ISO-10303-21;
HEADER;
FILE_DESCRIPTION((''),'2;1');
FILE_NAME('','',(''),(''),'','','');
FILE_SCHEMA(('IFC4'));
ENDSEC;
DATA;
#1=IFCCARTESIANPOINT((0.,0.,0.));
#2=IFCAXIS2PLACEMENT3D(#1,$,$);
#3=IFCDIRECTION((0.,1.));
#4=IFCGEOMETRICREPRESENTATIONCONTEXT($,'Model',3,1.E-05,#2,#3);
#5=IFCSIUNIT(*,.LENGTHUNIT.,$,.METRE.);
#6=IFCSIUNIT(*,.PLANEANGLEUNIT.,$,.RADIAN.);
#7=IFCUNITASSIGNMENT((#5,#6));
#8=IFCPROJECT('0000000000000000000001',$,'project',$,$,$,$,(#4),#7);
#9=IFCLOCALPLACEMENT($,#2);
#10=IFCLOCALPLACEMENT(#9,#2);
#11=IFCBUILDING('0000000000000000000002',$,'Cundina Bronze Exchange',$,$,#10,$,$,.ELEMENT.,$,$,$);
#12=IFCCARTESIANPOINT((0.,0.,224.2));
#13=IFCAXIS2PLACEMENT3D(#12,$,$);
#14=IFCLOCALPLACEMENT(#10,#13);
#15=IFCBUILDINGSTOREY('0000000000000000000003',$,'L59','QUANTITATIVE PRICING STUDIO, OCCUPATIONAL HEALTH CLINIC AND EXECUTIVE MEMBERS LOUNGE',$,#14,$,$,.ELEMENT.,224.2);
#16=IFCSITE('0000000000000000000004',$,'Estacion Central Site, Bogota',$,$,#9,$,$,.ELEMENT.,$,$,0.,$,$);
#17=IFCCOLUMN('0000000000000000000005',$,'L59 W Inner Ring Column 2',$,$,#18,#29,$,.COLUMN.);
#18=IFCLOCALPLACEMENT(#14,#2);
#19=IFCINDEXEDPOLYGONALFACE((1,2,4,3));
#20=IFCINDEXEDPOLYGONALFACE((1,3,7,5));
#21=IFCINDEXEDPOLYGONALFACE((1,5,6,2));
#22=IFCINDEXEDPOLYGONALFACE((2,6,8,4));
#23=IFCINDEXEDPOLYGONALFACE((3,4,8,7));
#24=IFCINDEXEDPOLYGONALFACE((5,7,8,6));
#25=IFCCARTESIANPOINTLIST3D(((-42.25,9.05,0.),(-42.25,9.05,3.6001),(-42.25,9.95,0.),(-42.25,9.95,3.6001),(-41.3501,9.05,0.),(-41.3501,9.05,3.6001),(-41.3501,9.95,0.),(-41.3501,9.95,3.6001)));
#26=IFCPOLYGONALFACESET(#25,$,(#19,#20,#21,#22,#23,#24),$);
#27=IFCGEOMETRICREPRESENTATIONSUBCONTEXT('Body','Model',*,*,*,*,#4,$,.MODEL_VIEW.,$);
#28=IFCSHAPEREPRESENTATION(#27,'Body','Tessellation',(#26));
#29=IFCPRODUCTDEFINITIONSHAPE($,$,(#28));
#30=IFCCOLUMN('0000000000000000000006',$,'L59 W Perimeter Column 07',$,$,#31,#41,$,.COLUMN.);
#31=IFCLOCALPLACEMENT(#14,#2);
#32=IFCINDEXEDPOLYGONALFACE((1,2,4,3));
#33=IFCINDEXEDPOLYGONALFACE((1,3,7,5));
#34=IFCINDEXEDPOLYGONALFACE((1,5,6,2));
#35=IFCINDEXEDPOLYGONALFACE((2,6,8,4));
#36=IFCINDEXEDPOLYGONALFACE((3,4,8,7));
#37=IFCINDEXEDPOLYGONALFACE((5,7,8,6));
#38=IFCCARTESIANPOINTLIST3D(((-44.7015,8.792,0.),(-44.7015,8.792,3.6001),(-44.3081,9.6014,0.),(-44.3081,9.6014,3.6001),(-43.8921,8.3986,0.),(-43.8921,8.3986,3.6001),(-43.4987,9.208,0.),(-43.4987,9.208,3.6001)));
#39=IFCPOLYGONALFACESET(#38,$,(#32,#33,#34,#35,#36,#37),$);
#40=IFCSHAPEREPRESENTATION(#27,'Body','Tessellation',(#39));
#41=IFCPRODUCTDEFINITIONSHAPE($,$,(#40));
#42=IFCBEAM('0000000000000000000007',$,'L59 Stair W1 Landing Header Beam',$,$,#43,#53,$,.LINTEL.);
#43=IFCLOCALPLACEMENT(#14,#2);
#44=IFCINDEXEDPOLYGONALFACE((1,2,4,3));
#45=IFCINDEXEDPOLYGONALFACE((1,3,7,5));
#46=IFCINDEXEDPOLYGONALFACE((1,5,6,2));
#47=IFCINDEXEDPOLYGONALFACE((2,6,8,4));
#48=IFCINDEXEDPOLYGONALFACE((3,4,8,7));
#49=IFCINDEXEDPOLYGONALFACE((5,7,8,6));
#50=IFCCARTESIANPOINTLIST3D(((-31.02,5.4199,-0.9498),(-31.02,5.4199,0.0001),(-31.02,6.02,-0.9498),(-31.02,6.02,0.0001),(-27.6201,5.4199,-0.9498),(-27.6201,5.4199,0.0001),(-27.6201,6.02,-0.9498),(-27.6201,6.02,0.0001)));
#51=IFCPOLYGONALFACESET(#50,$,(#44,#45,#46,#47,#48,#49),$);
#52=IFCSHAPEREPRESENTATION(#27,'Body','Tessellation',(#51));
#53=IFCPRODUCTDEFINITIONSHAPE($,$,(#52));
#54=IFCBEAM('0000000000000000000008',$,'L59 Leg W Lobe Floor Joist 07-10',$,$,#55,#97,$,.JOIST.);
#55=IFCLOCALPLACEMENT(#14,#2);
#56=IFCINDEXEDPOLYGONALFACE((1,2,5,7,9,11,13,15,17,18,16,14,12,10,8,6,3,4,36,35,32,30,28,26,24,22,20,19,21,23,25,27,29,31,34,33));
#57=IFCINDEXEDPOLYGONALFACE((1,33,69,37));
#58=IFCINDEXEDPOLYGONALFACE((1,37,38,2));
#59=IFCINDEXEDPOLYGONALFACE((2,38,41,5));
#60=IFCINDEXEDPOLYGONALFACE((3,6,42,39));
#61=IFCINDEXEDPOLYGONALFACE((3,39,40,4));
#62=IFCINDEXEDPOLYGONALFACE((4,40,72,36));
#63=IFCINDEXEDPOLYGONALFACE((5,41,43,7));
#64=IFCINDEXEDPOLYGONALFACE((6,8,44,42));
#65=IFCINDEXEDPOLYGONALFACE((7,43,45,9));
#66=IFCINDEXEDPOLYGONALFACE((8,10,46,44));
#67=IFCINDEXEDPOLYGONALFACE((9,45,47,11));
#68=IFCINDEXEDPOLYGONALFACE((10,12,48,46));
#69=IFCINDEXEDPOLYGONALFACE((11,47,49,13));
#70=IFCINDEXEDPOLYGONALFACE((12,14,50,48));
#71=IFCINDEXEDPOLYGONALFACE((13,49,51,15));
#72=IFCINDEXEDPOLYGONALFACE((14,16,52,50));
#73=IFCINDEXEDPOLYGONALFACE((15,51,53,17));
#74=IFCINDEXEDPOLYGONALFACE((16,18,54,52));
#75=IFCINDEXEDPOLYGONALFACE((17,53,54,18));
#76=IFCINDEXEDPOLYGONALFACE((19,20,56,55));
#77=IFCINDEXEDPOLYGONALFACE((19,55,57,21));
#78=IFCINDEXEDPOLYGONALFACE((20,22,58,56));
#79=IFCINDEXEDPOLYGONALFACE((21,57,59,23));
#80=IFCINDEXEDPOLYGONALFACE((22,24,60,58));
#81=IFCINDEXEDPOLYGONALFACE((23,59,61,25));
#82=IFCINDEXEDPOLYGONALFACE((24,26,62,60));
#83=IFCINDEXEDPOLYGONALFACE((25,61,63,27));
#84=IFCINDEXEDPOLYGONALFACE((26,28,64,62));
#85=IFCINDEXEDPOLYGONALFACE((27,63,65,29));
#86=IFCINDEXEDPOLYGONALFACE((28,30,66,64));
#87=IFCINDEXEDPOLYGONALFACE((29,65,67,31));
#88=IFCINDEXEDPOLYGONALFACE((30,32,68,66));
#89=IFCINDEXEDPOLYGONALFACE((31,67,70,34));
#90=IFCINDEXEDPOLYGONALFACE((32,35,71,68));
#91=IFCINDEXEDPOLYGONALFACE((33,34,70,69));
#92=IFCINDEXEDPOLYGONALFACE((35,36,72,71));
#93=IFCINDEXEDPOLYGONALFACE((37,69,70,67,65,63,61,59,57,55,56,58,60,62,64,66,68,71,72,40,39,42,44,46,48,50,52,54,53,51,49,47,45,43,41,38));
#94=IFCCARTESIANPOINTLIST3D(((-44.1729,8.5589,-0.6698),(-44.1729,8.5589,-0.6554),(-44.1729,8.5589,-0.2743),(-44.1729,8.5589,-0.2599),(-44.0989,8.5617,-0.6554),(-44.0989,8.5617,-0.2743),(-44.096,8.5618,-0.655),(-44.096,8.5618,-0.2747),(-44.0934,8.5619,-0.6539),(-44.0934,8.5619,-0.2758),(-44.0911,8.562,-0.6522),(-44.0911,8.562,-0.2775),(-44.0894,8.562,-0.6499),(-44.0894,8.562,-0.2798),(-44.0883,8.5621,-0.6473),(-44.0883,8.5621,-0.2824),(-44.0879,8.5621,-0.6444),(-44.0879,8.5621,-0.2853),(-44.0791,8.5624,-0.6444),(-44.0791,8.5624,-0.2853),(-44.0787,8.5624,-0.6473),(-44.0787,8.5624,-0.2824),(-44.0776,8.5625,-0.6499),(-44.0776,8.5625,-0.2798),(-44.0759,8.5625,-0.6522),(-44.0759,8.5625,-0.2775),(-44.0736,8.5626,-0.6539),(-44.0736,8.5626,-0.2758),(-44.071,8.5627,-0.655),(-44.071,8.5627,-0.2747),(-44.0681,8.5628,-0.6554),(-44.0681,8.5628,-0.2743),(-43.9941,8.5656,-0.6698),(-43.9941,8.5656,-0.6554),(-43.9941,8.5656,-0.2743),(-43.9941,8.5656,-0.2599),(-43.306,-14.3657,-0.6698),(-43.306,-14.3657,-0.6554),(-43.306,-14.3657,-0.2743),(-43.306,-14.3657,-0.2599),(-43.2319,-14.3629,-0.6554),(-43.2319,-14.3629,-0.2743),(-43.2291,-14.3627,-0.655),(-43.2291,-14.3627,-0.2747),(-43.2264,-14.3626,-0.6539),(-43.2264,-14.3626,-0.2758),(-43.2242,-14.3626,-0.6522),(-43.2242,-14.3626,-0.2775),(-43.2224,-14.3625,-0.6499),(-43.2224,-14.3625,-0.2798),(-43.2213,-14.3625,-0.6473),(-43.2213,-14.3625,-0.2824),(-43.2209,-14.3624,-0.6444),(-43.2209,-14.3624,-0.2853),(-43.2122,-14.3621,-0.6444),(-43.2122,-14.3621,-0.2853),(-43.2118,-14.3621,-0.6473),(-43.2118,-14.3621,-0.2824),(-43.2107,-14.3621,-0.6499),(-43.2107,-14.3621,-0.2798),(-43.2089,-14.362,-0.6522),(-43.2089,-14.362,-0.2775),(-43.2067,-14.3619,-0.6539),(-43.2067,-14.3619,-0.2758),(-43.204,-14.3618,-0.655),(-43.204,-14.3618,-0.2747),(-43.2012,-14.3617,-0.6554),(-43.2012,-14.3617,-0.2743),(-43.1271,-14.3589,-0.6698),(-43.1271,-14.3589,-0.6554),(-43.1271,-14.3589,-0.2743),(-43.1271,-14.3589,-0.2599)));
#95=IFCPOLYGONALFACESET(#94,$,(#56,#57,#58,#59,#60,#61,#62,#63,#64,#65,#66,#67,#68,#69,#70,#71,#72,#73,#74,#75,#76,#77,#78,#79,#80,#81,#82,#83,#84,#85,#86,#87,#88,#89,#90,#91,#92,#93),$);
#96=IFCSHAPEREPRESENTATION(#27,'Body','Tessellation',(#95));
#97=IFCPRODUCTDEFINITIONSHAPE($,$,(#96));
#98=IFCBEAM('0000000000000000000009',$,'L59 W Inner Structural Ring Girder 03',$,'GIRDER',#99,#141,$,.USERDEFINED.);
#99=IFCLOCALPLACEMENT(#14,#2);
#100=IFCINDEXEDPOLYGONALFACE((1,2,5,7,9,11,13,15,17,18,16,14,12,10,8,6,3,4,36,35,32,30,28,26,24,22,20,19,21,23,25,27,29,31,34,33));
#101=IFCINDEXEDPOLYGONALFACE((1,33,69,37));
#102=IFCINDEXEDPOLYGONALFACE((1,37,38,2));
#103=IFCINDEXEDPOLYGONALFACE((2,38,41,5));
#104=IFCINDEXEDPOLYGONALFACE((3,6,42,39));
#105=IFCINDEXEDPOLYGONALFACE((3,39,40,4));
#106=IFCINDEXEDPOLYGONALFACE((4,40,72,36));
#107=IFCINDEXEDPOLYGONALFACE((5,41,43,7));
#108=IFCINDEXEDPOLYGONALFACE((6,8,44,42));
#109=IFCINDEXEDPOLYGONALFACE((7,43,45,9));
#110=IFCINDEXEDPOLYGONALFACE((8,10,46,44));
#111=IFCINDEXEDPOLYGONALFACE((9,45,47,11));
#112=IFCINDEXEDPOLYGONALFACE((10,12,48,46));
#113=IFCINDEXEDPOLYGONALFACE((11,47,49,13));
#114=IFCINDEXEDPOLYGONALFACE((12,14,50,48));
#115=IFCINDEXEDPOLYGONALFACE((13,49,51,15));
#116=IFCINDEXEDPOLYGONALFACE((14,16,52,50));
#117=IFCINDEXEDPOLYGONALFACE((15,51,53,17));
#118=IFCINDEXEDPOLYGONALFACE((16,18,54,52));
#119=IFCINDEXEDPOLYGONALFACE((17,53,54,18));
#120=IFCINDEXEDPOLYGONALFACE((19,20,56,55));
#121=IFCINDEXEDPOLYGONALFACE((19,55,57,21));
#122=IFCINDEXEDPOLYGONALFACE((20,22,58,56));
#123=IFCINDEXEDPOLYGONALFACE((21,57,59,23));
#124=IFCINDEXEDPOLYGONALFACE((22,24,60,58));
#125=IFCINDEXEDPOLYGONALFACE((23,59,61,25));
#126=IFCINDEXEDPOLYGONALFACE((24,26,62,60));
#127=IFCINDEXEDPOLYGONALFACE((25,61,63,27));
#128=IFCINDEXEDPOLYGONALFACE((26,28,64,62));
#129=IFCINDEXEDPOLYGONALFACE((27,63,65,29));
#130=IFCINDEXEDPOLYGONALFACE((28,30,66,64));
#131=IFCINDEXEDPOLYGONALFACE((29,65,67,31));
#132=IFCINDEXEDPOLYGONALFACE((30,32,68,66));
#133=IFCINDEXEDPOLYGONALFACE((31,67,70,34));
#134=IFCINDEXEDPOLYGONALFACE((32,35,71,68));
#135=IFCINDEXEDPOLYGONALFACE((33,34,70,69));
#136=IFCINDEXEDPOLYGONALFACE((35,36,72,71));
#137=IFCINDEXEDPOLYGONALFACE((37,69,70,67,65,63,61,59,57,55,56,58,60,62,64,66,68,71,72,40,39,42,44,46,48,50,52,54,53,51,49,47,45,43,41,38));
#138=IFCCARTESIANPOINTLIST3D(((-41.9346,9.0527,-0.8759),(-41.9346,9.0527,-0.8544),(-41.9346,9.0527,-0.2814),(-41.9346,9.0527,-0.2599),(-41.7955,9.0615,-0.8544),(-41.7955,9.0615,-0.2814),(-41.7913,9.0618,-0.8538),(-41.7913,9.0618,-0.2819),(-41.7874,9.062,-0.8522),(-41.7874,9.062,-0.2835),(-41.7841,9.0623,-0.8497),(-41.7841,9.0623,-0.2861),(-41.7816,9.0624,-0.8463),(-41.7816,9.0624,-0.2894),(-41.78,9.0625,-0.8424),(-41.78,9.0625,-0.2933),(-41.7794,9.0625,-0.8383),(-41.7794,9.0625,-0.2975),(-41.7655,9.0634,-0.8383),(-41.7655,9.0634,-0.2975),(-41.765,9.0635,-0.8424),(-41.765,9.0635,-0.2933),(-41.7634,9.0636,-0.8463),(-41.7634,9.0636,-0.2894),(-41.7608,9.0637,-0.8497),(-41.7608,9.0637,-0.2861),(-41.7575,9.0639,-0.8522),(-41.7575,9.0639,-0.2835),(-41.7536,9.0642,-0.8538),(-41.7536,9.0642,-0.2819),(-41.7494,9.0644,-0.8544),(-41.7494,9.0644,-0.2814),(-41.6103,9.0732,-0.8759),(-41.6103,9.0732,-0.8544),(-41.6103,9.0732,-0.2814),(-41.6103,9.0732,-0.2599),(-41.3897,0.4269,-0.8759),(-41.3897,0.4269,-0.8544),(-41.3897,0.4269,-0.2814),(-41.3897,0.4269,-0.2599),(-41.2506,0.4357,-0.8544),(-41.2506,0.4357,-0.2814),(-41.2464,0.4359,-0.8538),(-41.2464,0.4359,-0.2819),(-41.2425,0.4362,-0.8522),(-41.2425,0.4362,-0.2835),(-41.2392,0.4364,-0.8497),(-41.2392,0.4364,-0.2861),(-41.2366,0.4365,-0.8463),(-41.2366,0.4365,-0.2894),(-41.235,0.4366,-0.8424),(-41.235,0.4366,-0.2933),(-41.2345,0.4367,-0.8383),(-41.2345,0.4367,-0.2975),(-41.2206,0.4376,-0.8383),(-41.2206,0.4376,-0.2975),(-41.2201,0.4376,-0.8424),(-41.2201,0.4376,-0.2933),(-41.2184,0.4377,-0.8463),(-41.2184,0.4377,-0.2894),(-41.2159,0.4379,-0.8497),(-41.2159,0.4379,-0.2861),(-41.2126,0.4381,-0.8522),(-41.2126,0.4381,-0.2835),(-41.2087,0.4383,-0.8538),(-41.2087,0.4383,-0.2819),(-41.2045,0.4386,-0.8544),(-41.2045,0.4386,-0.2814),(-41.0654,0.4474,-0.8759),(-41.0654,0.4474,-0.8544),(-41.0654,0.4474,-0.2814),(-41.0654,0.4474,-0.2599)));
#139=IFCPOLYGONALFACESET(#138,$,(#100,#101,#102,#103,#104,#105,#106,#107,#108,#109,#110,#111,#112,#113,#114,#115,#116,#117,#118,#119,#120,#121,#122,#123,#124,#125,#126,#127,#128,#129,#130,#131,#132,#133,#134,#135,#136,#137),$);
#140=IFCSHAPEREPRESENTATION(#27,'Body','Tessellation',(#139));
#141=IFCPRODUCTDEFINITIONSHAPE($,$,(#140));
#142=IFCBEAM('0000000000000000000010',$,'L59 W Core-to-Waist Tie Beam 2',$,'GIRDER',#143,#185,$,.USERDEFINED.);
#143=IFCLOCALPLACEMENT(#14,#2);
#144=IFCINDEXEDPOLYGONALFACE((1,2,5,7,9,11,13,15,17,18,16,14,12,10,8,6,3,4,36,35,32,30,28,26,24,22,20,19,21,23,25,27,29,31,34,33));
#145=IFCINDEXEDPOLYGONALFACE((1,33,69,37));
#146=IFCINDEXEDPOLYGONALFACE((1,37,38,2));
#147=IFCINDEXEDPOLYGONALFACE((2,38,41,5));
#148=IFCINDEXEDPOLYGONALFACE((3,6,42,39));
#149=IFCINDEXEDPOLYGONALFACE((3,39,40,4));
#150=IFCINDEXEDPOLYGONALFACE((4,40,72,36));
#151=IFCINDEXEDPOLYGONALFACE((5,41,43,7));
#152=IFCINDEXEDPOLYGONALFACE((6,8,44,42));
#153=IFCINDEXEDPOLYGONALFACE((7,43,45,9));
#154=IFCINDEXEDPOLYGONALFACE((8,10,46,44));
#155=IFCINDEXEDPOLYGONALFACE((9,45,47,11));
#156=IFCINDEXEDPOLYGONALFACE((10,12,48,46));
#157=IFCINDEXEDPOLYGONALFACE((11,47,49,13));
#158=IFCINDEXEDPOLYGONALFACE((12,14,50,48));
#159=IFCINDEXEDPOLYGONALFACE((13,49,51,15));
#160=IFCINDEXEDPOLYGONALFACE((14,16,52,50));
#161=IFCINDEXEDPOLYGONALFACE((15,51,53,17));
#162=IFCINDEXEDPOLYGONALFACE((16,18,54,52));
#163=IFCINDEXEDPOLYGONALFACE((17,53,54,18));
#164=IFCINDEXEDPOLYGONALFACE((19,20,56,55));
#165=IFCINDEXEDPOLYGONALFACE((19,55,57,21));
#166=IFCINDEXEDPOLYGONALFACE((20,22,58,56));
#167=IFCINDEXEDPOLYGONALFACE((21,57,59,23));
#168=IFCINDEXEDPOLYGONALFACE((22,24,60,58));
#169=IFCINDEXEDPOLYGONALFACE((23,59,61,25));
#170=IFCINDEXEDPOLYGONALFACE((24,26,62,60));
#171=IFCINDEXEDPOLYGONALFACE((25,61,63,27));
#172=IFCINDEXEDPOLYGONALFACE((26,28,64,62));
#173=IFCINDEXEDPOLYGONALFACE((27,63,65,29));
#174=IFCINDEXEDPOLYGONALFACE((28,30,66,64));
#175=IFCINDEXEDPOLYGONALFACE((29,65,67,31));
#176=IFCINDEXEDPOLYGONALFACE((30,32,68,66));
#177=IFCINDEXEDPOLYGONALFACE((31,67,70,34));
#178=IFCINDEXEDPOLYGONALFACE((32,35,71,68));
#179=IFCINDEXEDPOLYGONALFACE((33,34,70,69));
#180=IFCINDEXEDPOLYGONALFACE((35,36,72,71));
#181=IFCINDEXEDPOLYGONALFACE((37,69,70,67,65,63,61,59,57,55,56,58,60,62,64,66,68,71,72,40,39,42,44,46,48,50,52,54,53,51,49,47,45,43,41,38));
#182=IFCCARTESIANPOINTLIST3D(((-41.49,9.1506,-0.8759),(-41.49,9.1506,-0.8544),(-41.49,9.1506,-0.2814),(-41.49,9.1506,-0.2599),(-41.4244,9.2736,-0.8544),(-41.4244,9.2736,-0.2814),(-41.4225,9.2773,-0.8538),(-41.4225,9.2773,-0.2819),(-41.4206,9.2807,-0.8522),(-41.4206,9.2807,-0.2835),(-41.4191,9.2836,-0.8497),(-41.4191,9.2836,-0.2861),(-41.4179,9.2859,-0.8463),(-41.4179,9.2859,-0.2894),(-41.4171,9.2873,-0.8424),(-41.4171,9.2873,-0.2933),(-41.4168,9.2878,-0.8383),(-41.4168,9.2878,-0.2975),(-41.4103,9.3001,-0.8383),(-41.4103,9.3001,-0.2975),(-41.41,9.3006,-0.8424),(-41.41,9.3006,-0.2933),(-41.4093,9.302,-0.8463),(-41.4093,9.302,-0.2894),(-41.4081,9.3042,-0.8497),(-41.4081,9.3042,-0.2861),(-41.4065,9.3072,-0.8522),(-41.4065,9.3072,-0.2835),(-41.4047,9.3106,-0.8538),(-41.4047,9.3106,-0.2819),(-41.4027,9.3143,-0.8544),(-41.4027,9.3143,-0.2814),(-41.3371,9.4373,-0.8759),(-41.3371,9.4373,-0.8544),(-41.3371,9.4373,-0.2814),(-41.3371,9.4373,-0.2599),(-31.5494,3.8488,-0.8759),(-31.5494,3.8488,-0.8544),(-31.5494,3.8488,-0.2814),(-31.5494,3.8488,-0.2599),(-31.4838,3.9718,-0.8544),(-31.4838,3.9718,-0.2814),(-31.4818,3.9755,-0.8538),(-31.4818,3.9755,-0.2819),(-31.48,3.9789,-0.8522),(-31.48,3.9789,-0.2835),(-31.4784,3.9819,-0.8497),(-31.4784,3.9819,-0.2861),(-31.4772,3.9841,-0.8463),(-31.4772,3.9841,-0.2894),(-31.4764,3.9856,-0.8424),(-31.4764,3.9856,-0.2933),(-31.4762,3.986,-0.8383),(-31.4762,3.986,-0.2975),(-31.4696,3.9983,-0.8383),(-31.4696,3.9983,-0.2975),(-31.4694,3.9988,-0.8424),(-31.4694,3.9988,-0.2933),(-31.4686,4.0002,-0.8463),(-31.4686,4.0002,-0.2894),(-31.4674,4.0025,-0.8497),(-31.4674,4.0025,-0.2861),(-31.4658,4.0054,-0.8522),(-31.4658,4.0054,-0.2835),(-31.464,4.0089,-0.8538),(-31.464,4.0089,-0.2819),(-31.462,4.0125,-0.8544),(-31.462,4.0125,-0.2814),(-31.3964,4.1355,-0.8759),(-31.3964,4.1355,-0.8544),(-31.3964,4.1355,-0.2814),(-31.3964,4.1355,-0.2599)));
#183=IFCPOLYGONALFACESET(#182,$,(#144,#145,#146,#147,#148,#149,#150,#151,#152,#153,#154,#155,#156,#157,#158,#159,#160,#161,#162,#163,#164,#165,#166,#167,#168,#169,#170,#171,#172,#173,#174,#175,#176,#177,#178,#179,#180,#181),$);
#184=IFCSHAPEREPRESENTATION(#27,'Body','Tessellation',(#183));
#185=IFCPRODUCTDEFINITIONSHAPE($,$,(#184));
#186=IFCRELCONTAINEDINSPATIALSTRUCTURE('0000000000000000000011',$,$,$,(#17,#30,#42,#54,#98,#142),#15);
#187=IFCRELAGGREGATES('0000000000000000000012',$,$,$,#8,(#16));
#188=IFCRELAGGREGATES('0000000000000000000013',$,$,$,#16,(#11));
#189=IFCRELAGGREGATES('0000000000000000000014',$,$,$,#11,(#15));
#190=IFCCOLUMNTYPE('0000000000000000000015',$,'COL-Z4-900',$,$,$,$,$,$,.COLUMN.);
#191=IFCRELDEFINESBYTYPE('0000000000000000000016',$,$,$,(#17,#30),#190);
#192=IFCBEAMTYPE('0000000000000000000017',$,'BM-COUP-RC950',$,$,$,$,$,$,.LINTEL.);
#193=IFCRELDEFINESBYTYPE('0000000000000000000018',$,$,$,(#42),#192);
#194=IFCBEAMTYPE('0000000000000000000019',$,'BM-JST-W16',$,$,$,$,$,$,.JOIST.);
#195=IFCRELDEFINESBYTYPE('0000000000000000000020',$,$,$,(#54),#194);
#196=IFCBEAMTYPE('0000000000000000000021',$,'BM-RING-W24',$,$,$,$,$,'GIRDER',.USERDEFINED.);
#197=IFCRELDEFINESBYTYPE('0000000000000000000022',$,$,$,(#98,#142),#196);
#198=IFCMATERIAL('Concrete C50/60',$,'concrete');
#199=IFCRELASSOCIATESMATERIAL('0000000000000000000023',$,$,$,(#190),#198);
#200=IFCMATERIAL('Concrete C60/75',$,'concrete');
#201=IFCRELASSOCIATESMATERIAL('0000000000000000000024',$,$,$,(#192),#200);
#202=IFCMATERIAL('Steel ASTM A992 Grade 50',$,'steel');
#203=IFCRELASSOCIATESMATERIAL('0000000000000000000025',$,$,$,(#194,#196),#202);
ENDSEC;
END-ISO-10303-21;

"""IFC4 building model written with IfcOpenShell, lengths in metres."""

from ifc_helpers import new_model, si_unit, direction, frame, origin, origin_2d, place, context, subcontext, project, spatial, rectangle, i_section, extrude, material, material_profile, profile_set, type_object, element, save


model = new_model("IFC4")

# Units and contexts
model_context = context("Model", 3, precision=1e-05, world=origin(), true_north=direction((0.0, 1.0)))
body_context = subcontext(model_context, "Body", "Model", "MODEL_VIEW")
ifc_project = project(units=[si_unit("LENGTHUNIT", "METRE"), si_unit("PLANEANGLEUNIT", "RADIAN")], contexts=[model_context])

# Site, building, storey
site_placement = place(None, origin())
site = spatial("IfcSite", under=ifc_project, at=site_placement, Name="Estacion Central Site, Bogota", CompositionType="ELEMENT", RefElevation=0.0)
building_placement = place(site_placement, origin())
building = spatial("IfcBuilding", under=site, at=building_placement, Name="Cundina Bronze Exchange", CompositionType="ELEMENT")
storey_placement = place(building_placement, frame((0.0, 0.0, 224.2)))
storey = spatial("IfcBuildingStorey", under=building, at=storey_placement, Name="L59", Description="QUANTITATIVE PRICING STUDIO, OCCUPATIONAL HEALTH CLINIC AND EXECUTIVE MEMBERS LOUNGE", CompositionType="ELEMENT", Elevation=224.2)

# Columns
ifc_material_1 = material(Name="Concrete C50/60", Category="concrete")
ifc_material_profile_1 = material_profile(ifc_material_1, rectangle(XDim=0.8999, YDim=0.8999, at=origin_2d()), Name="RC900X900", Category="concrete")
ifc_profile_set_1 = profile_set([ifc_material_profile_1], Name="Concrete C50/60")
column_type = type_object("IfcColumnType", Name="COL-Z4-900", PredefinedType="COLUMN", material=ifc_profile_set_1)
for number, where, z_axis, x_axis, name in (
    (1, (-41.8, 9.5, 0.0), (0.0, 0.0, 1.0), (1.0, 0.0, 0.0), "L59 W Inner Ring Column 2"),
    (2, (-44.1001, 9.0, 0.0), (0.0, 0.0, 1.0), (-0.437116, -0.899405, 0.0), "L59 W Perimeter Column 07"),
):
    element("IfcColumn", number, at=place(storey_placement, frame(where, z_axis=z_axis, x_axis=x_axis)), inside=storey, type_object=column_type, Name=name, PredefinedType="COLUMN", context=body_context, shape_type="SweptSolid", body=[
        extrude(rectangle(XDim=0.8999, YDim=0.8999, at=origin_2d()), origin(), (0.0, 0.0, 1.0), 3.6001),
    ])

# Beams
ifc_material_2 = material(Name="Concrete C60/75", Category="concrete")
ifc_material_profile_2 = material_profile(ifc_material_2, rectangle(XDim=0.6001, YDim=0.95, at=origin_2d()), Name="RC600X950", Category="concrete")
ifc_profile_set_2 = profile_set([ifc_material_profile_2], Name="Concrete C60/75")
beam_type_1 = type_object("IfcBeamType", Name="BM-COUP-RC950", PredefinedType="LINTEL", material=ifc_profile_set_2)
beam_1_placement = place(storey_placement, frame((-31.02, 5.72, -0.4749), z_axis=(1.0, 0.0, 0.0), x_axis=(0.0, 1.0, 0.0)))
element("IfcBeam", 3, at=beam_1_placement, inside=storey, type_object=beam_type_1, Name="L59 Stair W1 Landing Header Beam", PredefinedType="LINTEL", context=body_context, shape_type="SweptSolid", body=[
    extrude(rectangle(XDim=0.6001, YDim=0.95, at=origin_2d()), origin(), (0.0, 0.0, 1.0), 3.3999),
])
ifc_material_3 = material(Name="Steel ASTM A992 Grade 50", Category="steel")
ifc_material_profile_3 = material_profile(ifc_material_3, i_section(OverallWidth=0.179, OverallDepth=0.4099, WebThickness=0.0088, FlangeThickness=0.0144, FilletRadius=0.011, at=origin_2d()), Name="W16X45", Category="steel")
ifc_profile_set_3 = profile_set([ifc_material_profile_3], Name="Steel ASTM A992 Grade 50")
beam_type_2 = type_object("IfcBeamType", Name="BM-JST-W16", PredefinedType="JOIST", material=ifc_profile_set_3)
beam_2_placement = place(storey_placement, frame((-44.0835, 8.5623, -0.4648), z_axis=(0.03779, -0.999286, 0.0), x_axis=(0.999286, 0.03779, 0.0)))
element("IfcBeam", 4, at=beam_2_placement, inside=storey, type_object=beam_type_2, Name="L59 Leg W Lobe Floor Joist 07-10", PredefinedType="JOIST", context=body_context, shape_type="SweptSolid", body=[
    extrude(i_section(OverallWidth=0.179, OverallDepth=0.4099, WebThickness=0.0088, FlangeThickness=0.0144, FilletRadius=0.011, at=origin_2d()), origin(), (0.0, 0.0, 1.0), 22.9409),
])
ifc_material_profile_4 = material_profile(ifc_material_3, i_section(OverallWidth=0.325, OverallDepth=0.616, WebThickness=0.0139, FlangeThickness=0.0215, FilletRadius=0.0161, at=origin_2d()), Name="W24X117", Category="steel")
ifc_profile_set_4 = profile_set([ifc_material_profile_4], Name="Steel ASTM A992 Grade 50")
beam_type_3 = type_object("IfcBeamType", Name="BM-RING-W24", ElementType="GIRDER", PredefinedType="USERDEFINED", material=ifc_profile_set_4)
beam_3_placement = place(storey_placement, frame((-41.7725, 9.063, -0.5679), z_axis=(0.063047, -0.998011, 0.0), x_axis=(0.998011, 0.063047, 0.0)))
element("IfcBeam", 5, at=beam_3_placement, inside=storey, type_object=beam_type_3, Name="L59 W Inner Structural Ring Girder 03", ObjectType="GIRDER", PredefinedType="USERDEFINED", context=body_context, shape_type="SweptSolid", body=[
    extrude(i_section(OverallWidth=0.325, OverallDepth=0.616, WebThickness=0.0139, FlangeThickness=0.0215, FilletRadius=0.0161, at=origin_2d()), origin(), (0.0, 0.0, 1.0), 8.6431),
])
beam_4_placement = place(storey_placement, frame((-31.4729, 3.9922, -0.5679), z_axis=(-0.882351, 0.470593, 0.0), x_axis=(-0.470593, -0.882351, 0.0)))
element("IfcBeam", 6, at=beam_4_placement, inside=storey, type_object=beam_type_3, Name="L59 W Core-to-Waist Tie Beam 2", ObjectType="GIRDER", PredefinedType="USERDEFINED", context=body_context, shape_type="SweptSolid", body=[
    extrude(i_section(OverallWidth=0.325, OverallDepth=0.616, WebThickness=0.0139, FlangeThickness=0.0215, FilletRadius=0.0161, at=origin_2d()), origin(), (0.0, 0.0, 1.0), 11.2661),
])

save(model, "model.ifc")
